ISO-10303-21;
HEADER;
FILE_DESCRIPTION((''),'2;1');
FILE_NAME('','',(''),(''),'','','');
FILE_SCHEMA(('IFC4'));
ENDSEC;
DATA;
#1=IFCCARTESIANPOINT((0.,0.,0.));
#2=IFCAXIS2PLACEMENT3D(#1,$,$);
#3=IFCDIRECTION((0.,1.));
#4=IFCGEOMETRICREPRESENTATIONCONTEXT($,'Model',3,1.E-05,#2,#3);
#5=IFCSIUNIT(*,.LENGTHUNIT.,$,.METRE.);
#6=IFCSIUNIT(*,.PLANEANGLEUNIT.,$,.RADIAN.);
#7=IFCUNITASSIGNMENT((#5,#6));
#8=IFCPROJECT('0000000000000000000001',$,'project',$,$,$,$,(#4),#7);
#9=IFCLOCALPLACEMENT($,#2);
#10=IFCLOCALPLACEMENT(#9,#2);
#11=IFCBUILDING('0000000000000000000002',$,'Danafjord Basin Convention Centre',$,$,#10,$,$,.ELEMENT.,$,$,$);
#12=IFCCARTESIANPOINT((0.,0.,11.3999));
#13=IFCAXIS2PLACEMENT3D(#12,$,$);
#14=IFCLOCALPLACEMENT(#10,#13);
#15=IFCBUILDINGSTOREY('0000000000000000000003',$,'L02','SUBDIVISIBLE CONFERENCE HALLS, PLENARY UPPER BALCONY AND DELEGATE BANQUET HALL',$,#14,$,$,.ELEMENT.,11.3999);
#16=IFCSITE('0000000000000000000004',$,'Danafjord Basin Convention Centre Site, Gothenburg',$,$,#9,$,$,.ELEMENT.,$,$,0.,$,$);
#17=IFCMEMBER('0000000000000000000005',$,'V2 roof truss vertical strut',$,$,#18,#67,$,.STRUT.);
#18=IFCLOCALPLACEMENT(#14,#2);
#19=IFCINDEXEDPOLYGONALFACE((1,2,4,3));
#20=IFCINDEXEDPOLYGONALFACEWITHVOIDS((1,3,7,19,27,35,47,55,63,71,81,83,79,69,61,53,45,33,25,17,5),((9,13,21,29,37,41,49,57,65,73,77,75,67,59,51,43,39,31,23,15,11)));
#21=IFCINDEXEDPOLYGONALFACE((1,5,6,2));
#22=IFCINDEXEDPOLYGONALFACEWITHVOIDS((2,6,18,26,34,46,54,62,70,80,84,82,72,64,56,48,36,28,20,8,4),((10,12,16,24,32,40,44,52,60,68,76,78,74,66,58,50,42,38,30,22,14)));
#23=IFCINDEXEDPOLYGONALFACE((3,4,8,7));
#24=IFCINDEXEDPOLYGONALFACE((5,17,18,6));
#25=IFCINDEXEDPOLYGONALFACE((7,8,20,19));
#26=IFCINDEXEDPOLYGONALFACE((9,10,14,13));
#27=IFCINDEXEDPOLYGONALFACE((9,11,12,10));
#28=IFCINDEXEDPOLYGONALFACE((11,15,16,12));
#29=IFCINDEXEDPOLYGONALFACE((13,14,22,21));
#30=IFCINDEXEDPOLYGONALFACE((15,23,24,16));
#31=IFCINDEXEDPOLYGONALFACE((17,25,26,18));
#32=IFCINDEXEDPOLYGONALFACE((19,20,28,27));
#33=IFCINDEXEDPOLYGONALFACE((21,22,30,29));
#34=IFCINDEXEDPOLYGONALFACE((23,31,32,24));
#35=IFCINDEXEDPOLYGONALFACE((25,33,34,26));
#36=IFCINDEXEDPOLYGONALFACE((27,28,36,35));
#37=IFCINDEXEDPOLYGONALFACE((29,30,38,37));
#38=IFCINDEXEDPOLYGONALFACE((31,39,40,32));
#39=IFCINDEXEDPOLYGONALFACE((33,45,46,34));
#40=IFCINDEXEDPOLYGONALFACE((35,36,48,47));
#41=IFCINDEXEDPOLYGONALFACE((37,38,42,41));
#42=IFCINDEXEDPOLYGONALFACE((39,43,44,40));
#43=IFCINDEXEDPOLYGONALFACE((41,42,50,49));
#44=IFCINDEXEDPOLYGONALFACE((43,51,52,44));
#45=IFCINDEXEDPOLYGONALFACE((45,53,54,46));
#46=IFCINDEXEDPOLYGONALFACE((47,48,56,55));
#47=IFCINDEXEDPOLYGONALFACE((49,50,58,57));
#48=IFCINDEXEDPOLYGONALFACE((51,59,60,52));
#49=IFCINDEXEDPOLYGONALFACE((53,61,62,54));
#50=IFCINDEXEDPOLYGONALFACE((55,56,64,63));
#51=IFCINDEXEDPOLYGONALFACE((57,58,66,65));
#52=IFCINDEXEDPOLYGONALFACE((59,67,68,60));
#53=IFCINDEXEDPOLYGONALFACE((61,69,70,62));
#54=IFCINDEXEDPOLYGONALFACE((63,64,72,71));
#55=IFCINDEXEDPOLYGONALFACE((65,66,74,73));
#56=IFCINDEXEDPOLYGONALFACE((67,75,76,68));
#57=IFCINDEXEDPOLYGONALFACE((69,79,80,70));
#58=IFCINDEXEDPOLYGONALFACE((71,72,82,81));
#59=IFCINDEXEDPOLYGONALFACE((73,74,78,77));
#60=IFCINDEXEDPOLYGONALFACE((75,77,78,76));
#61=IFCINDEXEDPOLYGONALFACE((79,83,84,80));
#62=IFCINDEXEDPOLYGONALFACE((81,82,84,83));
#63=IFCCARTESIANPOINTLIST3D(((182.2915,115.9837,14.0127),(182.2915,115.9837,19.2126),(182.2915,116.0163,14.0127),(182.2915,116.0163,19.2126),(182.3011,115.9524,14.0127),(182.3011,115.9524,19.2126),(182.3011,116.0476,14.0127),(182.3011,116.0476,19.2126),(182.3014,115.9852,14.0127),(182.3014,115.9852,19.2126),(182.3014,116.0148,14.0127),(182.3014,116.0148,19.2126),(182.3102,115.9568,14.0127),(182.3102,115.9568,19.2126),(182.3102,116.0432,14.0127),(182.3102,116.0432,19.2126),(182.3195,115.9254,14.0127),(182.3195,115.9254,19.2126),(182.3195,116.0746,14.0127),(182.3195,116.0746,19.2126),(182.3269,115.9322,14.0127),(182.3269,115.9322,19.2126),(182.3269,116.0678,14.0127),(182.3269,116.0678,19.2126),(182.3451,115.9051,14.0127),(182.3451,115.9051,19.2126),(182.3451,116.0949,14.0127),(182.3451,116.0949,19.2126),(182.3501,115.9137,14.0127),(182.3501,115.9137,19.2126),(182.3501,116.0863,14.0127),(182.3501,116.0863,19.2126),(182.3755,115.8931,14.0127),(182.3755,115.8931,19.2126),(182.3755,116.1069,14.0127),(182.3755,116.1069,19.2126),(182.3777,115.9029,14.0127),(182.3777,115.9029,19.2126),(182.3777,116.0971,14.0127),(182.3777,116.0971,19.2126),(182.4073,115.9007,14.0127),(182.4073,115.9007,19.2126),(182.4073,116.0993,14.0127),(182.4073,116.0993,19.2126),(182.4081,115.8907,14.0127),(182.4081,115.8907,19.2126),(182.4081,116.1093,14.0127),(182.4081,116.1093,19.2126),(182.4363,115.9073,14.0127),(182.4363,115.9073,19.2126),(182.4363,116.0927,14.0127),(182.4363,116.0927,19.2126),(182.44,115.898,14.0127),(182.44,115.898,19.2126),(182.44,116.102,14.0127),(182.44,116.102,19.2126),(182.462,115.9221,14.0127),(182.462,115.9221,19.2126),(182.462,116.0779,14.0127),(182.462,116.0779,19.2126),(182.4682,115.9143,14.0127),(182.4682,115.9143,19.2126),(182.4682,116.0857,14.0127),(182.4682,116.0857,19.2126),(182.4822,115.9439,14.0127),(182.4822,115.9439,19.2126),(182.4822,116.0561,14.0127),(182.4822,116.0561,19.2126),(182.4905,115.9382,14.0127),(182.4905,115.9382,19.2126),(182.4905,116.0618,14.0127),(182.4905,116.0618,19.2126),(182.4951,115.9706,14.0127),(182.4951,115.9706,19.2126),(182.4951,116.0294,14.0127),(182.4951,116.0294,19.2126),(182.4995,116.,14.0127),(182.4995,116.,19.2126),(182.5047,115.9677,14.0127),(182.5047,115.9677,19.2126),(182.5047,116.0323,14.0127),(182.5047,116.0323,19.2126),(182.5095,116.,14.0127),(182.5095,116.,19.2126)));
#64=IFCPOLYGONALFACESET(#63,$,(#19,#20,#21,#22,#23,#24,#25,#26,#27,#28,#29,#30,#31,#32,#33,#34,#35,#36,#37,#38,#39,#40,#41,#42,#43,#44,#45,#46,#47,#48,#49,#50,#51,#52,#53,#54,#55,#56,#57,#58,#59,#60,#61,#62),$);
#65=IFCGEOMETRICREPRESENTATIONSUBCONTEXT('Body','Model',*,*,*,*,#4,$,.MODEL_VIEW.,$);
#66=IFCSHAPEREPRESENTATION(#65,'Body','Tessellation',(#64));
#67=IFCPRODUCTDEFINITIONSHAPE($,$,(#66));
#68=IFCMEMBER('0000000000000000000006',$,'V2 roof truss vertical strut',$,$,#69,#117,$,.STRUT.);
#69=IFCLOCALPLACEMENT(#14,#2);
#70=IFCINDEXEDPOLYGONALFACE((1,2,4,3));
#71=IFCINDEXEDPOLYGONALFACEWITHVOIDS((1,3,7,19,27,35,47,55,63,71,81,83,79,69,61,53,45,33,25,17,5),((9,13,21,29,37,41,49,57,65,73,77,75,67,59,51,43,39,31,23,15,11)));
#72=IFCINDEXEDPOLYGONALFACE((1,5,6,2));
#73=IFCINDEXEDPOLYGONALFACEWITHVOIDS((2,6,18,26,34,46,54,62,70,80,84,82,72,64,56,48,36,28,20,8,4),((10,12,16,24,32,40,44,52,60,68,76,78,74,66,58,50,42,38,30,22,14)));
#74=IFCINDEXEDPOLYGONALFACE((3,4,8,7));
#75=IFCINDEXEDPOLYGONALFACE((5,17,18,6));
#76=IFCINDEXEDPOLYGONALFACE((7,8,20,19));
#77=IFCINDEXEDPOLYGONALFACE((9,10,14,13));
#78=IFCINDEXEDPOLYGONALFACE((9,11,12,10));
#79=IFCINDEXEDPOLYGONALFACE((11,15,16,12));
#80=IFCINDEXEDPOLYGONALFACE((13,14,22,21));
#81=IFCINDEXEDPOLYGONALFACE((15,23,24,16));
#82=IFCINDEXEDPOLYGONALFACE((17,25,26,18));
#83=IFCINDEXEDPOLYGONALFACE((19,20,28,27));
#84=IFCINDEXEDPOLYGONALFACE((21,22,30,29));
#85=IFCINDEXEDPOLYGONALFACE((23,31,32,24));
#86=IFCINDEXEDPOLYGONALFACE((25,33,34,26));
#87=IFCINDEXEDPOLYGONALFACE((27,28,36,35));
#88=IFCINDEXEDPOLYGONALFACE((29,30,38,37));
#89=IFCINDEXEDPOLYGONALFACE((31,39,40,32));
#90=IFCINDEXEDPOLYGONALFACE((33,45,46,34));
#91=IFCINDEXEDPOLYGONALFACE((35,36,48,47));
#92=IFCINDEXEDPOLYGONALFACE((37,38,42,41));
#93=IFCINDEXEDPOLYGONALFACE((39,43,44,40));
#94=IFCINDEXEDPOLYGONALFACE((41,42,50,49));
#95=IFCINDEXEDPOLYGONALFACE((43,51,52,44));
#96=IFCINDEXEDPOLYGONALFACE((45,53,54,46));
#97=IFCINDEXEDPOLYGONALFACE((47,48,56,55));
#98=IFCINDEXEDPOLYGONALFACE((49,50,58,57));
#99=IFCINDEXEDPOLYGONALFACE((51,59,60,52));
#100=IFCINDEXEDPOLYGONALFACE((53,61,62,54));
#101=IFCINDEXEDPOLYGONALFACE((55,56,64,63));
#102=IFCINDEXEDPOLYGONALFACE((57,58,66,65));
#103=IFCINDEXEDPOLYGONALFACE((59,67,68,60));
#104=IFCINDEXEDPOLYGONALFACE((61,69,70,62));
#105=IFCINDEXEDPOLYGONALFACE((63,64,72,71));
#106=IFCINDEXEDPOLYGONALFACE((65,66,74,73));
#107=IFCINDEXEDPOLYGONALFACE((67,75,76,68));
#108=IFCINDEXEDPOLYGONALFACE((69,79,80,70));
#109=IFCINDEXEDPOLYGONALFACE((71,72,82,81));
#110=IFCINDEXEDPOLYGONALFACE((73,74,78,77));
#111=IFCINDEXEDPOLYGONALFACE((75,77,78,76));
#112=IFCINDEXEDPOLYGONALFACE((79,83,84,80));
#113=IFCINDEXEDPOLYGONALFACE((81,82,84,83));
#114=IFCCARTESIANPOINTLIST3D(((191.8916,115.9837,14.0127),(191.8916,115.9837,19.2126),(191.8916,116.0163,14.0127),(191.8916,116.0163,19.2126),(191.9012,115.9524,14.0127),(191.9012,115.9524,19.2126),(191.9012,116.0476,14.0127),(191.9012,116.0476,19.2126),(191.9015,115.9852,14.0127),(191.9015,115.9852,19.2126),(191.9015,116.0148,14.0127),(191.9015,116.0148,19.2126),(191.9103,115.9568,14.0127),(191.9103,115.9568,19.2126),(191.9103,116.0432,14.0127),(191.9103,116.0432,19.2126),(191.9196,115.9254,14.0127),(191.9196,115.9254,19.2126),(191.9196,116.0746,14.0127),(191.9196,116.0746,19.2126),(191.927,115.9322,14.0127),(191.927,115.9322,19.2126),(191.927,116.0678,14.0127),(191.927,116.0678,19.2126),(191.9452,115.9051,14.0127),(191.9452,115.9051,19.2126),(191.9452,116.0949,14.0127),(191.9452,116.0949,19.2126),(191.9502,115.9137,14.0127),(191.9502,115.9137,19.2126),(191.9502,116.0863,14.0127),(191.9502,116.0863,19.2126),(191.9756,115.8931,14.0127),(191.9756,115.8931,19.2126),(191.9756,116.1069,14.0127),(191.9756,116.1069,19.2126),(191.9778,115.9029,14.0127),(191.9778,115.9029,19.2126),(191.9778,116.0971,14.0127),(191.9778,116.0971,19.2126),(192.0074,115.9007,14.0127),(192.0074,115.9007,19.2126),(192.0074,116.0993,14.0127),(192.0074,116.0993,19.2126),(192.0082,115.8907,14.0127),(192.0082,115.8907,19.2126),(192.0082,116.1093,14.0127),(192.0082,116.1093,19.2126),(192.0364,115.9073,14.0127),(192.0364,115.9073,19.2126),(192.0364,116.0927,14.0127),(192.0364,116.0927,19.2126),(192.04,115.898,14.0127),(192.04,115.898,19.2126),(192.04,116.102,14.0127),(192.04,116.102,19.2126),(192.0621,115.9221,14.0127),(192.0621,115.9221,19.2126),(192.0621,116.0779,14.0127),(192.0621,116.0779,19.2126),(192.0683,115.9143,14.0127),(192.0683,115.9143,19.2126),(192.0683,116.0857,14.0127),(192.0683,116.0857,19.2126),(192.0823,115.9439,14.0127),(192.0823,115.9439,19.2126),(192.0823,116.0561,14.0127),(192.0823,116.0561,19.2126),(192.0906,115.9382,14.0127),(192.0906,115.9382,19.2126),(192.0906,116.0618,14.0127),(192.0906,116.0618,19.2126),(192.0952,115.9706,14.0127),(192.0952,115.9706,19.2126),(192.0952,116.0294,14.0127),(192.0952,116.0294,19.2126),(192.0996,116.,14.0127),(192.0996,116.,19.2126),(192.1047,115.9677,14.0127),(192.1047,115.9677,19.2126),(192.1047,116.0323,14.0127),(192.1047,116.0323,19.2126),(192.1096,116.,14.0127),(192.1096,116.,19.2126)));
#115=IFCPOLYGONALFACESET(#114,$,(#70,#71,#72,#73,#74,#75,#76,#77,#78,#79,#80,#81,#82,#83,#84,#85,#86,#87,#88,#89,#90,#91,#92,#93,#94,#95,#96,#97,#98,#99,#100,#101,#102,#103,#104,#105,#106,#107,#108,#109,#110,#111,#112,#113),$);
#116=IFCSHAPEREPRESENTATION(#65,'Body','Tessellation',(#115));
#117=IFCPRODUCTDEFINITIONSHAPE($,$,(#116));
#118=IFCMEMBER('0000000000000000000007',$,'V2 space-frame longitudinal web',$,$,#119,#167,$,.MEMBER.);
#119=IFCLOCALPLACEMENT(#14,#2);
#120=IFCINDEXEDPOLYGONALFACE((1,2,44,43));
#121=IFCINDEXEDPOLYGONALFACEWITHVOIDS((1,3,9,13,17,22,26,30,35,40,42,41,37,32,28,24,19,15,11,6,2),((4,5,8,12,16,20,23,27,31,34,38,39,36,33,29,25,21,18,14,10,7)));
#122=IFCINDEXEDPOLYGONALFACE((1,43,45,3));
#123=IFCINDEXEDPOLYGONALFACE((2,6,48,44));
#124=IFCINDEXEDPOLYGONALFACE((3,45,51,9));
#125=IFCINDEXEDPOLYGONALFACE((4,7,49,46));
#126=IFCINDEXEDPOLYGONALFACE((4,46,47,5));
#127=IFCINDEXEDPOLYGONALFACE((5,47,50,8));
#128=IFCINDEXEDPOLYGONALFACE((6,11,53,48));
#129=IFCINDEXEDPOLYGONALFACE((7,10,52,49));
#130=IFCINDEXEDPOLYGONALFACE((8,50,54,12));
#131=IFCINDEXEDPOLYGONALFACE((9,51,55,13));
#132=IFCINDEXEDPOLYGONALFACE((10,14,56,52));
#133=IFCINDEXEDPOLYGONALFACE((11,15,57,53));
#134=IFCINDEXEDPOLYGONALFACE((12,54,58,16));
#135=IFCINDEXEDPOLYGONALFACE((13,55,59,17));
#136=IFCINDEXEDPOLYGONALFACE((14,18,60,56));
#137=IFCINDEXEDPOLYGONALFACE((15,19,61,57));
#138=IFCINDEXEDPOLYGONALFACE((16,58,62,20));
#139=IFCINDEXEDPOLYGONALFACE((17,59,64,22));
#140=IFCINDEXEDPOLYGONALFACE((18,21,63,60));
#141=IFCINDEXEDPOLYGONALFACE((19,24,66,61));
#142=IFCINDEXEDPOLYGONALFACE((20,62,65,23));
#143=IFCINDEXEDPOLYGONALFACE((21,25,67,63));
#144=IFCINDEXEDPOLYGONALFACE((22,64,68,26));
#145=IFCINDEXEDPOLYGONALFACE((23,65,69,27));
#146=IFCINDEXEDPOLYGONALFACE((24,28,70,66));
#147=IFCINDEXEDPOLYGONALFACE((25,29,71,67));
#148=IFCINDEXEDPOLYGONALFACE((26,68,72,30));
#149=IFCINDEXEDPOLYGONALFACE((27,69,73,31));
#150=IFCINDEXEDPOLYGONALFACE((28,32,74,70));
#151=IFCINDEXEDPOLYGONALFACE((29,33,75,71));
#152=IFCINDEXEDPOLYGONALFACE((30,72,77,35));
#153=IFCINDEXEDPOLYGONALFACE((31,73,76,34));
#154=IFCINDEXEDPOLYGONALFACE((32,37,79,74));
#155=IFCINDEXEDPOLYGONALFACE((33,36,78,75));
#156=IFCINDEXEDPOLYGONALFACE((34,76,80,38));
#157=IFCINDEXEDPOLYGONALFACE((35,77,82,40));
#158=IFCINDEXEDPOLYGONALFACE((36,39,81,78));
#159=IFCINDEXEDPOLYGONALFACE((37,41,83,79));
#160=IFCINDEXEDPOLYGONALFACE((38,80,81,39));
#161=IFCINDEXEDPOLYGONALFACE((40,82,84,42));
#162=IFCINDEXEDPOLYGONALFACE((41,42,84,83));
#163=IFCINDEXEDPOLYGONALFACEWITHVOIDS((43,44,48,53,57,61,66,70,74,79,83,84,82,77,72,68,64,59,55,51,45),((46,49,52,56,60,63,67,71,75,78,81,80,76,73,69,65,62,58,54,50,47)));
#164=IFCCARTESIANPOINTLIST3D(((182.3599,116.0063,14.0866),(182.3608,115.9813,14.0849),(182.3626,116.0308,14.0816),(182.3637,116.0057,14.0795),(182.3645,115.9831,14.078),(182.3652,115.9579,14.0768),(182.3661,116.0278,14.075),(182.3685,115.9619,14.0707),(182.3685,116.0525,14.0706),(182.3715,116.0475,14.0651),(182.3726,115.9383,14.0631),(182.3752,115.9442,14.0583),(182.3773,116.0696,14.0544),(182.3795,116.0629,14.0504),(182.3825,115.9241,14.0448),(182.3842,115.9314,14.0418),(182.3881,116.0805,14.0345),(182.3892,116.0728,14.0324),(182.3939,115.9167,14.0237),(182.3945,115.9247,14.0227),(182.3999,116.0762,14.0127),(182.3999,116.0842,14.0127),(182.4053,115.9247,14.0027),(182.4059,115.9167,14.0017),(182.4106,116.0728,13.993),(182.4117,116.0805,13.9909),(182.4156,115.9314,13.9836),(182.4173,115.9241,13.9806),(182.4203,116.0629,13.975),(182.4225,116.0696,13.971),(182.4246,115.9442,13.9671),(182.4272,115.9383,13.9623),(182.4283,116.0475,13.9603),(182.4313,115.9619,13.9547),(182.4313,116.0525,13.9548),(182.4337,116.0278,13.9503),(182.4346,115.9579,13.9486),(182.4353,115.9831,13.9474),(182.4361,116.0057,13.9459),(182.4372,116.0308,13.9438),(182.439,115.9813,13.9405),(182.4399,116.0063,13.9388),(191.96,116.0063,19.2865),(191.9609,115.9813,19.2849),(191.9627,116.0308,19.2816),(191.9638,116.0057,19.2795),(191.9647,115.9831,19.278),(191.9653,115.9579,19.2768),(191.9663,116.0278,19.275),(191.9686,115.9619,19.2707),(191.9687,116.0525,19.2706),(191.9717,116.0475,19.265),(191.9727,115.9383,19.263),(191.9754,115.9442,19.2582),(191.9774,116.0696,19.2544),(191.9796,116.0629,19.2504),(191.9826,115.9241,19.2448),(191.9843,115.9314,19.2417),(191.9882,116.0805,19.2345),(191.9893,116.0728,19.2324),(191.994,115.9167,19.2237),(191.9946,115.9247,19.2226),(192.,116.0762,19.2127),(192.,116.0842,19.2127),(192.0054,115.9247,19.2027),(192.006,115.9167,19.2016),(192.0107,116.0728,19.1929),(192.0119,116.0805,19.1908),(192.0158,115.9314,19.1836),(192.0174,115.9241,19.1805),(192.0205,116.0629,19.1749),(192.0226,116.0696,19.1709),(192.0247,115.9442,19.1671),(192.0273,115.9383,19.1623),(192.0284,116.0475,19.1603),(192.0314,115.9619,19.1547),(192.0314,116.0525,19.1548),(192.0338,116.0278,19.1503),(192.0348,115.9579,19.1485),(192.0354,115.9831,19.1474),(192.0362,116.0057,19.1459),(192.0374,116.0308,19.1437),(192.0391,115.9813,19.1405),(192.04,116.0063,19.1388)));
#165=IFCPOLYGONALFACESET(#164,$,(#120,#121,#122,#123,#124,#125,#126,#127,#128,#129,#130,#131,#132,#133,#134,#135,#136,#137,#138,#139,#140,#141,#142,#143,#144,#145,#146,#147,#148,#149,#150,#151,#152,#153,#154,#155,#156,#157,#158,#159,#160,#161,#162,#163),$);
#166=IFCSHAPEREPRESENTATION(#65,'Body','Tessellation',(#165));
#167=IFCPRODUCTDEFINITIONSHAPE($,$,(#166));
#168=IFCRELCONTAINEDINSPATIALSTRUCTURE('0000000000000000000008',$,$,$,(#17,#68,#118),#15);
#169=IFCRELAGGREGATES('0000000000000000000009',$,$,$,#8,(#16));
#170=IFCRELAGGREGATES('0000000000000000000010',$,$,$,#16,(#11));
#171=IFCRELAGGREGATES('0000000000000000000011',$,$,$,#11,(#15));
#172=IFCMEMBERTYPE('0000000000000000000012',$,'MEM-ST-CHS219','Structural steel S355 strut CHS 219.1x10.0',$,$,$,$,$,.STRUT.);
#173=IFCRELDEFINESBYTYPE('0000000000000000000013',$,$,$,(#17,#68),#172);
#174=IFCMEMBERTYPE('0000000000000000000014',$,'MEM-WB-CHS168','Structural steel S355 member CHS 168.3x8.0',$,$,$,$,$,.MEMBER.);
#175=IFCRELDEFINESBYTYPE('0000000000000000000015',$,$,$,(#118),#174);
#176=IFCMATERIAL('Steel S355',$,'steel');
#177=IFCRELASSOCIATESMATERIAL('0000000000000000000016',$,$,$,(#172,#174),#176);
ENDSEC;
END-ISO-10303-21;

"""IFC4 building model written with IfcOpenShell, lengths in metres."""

from ifc_helpers import new_model, si_unit, direction, frame, origin, origin_2d, place, context, subcontext, project, spatial, hollow_circle, extrude, material, material_profile, profile_set, type_object, element, save


model = new_model("IFC4")

# Units and contexts
model_context = context("Model", 3, precision=1e-05, world=origin(), true_north=direction((0.0, 1.0)))
body_context = subcontext(model_context, "Body", "Model", "MODEL_VIEW")
ifc_project = project(units=[si_unit("LENGTHUNIT", "METRE"), si_unit("PLANEANGLEUNIT", "RADIAN")], contexts=[model_context])

# Site, building, storey
site_placement = place(None, origin())
site = spatial("IfcSite", under=ifc_project, at=site_placement, Name="Danafjord Basin Convention Centre Site, Gothenburg", CompositionType="ELEMENT", RefElevation=0.0)
building_placement = place(site_placement, origin())
building = spatial("IfcBuilding", under=site, at=building_placement, Name="Danafjord Basin Convention Centre", CompositionType="ELEMENT")
storey_placement = place(building_placement, frame((0.0, 0.0, 11.3999)))
storey = spatial("IfcBuildingStorey", under=building, at=storey_placement, Name="L02", Description="SUBDIVISIBLE CONFERENCE HALLS, PLENARY UPPER BALCONY AND DELEGATE BANQUET HALL", CompositionType="ELEMENT", Elevation=11.3999)

# Members
ifc_material = material(Name="Steel S355", Category="steel")
ifc_material_profile_1 = material_profile(ifc_material, hollow_circle(Radius=0.1096, WallThickness=0.01, at=origin_2d()), Name="CHS 219.1x10.0")
ifc_profile_set_1 = profile_set([ifc_material_profile_1], Name="Steel S355")
member_type_1 = type_object("IfcMemberType", Name="MEM-ST-CHS219", Description="Structural steel S355 strut CHS 219.1x10.0", PredefinedType="STRUT", material=ifc_profile_set_1)
for number, where, z_axis, x_axis, name in (
    (1, (182.3999, 116.0, 14.0127), (0.0, 0.0, 1.0), (1.0, 0.0, 0.0), "V2 roof truss vertical strut"),
    (2, (192.0, 116.0, 14.0127), (0.0, 0.0, 1.0), (1.0, 0.0, 0.0), "V2 roof truss vertical strut"),
):
    element("IfcMember", number, at=place(storey_placement, frame(where, z_axis=z_axis, x_axis=x_axis)), inside=storey, type_object=member_type_1, Name=name, PredefinedType="STRUT", context=body_context, shape_type="SweptSolid", body=[
        extrude(hollow_circle(Radius=0.1096, WallThickness=0.01, at=origin_2d()), origin(), (0.0, 0.0, 1.0), 5.2),
    ])
ifc_material_profile_2 = material_profile(ifc_material, hollow_circle(Radius=0.0842, WallThickness=0.0081, at=origin_2d()), Name="CHS 168.3x8.0")
ifc_profile_set_2 = profile_set([ifc_material_profile_2], Name="Steel S355")
member_type_2 = type_object("IfcMemberType", Name="MEM-WB-CHS168", Description="Structural steel S355 member CHS 168.3x8.0", PredefinedType="MEMBER", material=ifc_profile_set_2)
member_1_placement = place(storey_placement, frame((182.3999, 116.0, 14.0127), z_axis=(0.879296, 0.0, 0.476276), x_axis=(0.0, 1.0, 0.0)))
element("IfcMember", 3, at=member_1_placement, inside=storey, type_object=member_type_2, Name="V2 space-frame longitudinal web", PredefinedType="MEMBER", context=body_context, shape_type="SweptSolid", body=[
    extrude(hollow_circle(Radius=0.0842, WallThickness=0.0081, at=origin_2d()), origin(), (0.0, 0.0, 1.0), 10.918),
])

save(model, "model.ifc")
